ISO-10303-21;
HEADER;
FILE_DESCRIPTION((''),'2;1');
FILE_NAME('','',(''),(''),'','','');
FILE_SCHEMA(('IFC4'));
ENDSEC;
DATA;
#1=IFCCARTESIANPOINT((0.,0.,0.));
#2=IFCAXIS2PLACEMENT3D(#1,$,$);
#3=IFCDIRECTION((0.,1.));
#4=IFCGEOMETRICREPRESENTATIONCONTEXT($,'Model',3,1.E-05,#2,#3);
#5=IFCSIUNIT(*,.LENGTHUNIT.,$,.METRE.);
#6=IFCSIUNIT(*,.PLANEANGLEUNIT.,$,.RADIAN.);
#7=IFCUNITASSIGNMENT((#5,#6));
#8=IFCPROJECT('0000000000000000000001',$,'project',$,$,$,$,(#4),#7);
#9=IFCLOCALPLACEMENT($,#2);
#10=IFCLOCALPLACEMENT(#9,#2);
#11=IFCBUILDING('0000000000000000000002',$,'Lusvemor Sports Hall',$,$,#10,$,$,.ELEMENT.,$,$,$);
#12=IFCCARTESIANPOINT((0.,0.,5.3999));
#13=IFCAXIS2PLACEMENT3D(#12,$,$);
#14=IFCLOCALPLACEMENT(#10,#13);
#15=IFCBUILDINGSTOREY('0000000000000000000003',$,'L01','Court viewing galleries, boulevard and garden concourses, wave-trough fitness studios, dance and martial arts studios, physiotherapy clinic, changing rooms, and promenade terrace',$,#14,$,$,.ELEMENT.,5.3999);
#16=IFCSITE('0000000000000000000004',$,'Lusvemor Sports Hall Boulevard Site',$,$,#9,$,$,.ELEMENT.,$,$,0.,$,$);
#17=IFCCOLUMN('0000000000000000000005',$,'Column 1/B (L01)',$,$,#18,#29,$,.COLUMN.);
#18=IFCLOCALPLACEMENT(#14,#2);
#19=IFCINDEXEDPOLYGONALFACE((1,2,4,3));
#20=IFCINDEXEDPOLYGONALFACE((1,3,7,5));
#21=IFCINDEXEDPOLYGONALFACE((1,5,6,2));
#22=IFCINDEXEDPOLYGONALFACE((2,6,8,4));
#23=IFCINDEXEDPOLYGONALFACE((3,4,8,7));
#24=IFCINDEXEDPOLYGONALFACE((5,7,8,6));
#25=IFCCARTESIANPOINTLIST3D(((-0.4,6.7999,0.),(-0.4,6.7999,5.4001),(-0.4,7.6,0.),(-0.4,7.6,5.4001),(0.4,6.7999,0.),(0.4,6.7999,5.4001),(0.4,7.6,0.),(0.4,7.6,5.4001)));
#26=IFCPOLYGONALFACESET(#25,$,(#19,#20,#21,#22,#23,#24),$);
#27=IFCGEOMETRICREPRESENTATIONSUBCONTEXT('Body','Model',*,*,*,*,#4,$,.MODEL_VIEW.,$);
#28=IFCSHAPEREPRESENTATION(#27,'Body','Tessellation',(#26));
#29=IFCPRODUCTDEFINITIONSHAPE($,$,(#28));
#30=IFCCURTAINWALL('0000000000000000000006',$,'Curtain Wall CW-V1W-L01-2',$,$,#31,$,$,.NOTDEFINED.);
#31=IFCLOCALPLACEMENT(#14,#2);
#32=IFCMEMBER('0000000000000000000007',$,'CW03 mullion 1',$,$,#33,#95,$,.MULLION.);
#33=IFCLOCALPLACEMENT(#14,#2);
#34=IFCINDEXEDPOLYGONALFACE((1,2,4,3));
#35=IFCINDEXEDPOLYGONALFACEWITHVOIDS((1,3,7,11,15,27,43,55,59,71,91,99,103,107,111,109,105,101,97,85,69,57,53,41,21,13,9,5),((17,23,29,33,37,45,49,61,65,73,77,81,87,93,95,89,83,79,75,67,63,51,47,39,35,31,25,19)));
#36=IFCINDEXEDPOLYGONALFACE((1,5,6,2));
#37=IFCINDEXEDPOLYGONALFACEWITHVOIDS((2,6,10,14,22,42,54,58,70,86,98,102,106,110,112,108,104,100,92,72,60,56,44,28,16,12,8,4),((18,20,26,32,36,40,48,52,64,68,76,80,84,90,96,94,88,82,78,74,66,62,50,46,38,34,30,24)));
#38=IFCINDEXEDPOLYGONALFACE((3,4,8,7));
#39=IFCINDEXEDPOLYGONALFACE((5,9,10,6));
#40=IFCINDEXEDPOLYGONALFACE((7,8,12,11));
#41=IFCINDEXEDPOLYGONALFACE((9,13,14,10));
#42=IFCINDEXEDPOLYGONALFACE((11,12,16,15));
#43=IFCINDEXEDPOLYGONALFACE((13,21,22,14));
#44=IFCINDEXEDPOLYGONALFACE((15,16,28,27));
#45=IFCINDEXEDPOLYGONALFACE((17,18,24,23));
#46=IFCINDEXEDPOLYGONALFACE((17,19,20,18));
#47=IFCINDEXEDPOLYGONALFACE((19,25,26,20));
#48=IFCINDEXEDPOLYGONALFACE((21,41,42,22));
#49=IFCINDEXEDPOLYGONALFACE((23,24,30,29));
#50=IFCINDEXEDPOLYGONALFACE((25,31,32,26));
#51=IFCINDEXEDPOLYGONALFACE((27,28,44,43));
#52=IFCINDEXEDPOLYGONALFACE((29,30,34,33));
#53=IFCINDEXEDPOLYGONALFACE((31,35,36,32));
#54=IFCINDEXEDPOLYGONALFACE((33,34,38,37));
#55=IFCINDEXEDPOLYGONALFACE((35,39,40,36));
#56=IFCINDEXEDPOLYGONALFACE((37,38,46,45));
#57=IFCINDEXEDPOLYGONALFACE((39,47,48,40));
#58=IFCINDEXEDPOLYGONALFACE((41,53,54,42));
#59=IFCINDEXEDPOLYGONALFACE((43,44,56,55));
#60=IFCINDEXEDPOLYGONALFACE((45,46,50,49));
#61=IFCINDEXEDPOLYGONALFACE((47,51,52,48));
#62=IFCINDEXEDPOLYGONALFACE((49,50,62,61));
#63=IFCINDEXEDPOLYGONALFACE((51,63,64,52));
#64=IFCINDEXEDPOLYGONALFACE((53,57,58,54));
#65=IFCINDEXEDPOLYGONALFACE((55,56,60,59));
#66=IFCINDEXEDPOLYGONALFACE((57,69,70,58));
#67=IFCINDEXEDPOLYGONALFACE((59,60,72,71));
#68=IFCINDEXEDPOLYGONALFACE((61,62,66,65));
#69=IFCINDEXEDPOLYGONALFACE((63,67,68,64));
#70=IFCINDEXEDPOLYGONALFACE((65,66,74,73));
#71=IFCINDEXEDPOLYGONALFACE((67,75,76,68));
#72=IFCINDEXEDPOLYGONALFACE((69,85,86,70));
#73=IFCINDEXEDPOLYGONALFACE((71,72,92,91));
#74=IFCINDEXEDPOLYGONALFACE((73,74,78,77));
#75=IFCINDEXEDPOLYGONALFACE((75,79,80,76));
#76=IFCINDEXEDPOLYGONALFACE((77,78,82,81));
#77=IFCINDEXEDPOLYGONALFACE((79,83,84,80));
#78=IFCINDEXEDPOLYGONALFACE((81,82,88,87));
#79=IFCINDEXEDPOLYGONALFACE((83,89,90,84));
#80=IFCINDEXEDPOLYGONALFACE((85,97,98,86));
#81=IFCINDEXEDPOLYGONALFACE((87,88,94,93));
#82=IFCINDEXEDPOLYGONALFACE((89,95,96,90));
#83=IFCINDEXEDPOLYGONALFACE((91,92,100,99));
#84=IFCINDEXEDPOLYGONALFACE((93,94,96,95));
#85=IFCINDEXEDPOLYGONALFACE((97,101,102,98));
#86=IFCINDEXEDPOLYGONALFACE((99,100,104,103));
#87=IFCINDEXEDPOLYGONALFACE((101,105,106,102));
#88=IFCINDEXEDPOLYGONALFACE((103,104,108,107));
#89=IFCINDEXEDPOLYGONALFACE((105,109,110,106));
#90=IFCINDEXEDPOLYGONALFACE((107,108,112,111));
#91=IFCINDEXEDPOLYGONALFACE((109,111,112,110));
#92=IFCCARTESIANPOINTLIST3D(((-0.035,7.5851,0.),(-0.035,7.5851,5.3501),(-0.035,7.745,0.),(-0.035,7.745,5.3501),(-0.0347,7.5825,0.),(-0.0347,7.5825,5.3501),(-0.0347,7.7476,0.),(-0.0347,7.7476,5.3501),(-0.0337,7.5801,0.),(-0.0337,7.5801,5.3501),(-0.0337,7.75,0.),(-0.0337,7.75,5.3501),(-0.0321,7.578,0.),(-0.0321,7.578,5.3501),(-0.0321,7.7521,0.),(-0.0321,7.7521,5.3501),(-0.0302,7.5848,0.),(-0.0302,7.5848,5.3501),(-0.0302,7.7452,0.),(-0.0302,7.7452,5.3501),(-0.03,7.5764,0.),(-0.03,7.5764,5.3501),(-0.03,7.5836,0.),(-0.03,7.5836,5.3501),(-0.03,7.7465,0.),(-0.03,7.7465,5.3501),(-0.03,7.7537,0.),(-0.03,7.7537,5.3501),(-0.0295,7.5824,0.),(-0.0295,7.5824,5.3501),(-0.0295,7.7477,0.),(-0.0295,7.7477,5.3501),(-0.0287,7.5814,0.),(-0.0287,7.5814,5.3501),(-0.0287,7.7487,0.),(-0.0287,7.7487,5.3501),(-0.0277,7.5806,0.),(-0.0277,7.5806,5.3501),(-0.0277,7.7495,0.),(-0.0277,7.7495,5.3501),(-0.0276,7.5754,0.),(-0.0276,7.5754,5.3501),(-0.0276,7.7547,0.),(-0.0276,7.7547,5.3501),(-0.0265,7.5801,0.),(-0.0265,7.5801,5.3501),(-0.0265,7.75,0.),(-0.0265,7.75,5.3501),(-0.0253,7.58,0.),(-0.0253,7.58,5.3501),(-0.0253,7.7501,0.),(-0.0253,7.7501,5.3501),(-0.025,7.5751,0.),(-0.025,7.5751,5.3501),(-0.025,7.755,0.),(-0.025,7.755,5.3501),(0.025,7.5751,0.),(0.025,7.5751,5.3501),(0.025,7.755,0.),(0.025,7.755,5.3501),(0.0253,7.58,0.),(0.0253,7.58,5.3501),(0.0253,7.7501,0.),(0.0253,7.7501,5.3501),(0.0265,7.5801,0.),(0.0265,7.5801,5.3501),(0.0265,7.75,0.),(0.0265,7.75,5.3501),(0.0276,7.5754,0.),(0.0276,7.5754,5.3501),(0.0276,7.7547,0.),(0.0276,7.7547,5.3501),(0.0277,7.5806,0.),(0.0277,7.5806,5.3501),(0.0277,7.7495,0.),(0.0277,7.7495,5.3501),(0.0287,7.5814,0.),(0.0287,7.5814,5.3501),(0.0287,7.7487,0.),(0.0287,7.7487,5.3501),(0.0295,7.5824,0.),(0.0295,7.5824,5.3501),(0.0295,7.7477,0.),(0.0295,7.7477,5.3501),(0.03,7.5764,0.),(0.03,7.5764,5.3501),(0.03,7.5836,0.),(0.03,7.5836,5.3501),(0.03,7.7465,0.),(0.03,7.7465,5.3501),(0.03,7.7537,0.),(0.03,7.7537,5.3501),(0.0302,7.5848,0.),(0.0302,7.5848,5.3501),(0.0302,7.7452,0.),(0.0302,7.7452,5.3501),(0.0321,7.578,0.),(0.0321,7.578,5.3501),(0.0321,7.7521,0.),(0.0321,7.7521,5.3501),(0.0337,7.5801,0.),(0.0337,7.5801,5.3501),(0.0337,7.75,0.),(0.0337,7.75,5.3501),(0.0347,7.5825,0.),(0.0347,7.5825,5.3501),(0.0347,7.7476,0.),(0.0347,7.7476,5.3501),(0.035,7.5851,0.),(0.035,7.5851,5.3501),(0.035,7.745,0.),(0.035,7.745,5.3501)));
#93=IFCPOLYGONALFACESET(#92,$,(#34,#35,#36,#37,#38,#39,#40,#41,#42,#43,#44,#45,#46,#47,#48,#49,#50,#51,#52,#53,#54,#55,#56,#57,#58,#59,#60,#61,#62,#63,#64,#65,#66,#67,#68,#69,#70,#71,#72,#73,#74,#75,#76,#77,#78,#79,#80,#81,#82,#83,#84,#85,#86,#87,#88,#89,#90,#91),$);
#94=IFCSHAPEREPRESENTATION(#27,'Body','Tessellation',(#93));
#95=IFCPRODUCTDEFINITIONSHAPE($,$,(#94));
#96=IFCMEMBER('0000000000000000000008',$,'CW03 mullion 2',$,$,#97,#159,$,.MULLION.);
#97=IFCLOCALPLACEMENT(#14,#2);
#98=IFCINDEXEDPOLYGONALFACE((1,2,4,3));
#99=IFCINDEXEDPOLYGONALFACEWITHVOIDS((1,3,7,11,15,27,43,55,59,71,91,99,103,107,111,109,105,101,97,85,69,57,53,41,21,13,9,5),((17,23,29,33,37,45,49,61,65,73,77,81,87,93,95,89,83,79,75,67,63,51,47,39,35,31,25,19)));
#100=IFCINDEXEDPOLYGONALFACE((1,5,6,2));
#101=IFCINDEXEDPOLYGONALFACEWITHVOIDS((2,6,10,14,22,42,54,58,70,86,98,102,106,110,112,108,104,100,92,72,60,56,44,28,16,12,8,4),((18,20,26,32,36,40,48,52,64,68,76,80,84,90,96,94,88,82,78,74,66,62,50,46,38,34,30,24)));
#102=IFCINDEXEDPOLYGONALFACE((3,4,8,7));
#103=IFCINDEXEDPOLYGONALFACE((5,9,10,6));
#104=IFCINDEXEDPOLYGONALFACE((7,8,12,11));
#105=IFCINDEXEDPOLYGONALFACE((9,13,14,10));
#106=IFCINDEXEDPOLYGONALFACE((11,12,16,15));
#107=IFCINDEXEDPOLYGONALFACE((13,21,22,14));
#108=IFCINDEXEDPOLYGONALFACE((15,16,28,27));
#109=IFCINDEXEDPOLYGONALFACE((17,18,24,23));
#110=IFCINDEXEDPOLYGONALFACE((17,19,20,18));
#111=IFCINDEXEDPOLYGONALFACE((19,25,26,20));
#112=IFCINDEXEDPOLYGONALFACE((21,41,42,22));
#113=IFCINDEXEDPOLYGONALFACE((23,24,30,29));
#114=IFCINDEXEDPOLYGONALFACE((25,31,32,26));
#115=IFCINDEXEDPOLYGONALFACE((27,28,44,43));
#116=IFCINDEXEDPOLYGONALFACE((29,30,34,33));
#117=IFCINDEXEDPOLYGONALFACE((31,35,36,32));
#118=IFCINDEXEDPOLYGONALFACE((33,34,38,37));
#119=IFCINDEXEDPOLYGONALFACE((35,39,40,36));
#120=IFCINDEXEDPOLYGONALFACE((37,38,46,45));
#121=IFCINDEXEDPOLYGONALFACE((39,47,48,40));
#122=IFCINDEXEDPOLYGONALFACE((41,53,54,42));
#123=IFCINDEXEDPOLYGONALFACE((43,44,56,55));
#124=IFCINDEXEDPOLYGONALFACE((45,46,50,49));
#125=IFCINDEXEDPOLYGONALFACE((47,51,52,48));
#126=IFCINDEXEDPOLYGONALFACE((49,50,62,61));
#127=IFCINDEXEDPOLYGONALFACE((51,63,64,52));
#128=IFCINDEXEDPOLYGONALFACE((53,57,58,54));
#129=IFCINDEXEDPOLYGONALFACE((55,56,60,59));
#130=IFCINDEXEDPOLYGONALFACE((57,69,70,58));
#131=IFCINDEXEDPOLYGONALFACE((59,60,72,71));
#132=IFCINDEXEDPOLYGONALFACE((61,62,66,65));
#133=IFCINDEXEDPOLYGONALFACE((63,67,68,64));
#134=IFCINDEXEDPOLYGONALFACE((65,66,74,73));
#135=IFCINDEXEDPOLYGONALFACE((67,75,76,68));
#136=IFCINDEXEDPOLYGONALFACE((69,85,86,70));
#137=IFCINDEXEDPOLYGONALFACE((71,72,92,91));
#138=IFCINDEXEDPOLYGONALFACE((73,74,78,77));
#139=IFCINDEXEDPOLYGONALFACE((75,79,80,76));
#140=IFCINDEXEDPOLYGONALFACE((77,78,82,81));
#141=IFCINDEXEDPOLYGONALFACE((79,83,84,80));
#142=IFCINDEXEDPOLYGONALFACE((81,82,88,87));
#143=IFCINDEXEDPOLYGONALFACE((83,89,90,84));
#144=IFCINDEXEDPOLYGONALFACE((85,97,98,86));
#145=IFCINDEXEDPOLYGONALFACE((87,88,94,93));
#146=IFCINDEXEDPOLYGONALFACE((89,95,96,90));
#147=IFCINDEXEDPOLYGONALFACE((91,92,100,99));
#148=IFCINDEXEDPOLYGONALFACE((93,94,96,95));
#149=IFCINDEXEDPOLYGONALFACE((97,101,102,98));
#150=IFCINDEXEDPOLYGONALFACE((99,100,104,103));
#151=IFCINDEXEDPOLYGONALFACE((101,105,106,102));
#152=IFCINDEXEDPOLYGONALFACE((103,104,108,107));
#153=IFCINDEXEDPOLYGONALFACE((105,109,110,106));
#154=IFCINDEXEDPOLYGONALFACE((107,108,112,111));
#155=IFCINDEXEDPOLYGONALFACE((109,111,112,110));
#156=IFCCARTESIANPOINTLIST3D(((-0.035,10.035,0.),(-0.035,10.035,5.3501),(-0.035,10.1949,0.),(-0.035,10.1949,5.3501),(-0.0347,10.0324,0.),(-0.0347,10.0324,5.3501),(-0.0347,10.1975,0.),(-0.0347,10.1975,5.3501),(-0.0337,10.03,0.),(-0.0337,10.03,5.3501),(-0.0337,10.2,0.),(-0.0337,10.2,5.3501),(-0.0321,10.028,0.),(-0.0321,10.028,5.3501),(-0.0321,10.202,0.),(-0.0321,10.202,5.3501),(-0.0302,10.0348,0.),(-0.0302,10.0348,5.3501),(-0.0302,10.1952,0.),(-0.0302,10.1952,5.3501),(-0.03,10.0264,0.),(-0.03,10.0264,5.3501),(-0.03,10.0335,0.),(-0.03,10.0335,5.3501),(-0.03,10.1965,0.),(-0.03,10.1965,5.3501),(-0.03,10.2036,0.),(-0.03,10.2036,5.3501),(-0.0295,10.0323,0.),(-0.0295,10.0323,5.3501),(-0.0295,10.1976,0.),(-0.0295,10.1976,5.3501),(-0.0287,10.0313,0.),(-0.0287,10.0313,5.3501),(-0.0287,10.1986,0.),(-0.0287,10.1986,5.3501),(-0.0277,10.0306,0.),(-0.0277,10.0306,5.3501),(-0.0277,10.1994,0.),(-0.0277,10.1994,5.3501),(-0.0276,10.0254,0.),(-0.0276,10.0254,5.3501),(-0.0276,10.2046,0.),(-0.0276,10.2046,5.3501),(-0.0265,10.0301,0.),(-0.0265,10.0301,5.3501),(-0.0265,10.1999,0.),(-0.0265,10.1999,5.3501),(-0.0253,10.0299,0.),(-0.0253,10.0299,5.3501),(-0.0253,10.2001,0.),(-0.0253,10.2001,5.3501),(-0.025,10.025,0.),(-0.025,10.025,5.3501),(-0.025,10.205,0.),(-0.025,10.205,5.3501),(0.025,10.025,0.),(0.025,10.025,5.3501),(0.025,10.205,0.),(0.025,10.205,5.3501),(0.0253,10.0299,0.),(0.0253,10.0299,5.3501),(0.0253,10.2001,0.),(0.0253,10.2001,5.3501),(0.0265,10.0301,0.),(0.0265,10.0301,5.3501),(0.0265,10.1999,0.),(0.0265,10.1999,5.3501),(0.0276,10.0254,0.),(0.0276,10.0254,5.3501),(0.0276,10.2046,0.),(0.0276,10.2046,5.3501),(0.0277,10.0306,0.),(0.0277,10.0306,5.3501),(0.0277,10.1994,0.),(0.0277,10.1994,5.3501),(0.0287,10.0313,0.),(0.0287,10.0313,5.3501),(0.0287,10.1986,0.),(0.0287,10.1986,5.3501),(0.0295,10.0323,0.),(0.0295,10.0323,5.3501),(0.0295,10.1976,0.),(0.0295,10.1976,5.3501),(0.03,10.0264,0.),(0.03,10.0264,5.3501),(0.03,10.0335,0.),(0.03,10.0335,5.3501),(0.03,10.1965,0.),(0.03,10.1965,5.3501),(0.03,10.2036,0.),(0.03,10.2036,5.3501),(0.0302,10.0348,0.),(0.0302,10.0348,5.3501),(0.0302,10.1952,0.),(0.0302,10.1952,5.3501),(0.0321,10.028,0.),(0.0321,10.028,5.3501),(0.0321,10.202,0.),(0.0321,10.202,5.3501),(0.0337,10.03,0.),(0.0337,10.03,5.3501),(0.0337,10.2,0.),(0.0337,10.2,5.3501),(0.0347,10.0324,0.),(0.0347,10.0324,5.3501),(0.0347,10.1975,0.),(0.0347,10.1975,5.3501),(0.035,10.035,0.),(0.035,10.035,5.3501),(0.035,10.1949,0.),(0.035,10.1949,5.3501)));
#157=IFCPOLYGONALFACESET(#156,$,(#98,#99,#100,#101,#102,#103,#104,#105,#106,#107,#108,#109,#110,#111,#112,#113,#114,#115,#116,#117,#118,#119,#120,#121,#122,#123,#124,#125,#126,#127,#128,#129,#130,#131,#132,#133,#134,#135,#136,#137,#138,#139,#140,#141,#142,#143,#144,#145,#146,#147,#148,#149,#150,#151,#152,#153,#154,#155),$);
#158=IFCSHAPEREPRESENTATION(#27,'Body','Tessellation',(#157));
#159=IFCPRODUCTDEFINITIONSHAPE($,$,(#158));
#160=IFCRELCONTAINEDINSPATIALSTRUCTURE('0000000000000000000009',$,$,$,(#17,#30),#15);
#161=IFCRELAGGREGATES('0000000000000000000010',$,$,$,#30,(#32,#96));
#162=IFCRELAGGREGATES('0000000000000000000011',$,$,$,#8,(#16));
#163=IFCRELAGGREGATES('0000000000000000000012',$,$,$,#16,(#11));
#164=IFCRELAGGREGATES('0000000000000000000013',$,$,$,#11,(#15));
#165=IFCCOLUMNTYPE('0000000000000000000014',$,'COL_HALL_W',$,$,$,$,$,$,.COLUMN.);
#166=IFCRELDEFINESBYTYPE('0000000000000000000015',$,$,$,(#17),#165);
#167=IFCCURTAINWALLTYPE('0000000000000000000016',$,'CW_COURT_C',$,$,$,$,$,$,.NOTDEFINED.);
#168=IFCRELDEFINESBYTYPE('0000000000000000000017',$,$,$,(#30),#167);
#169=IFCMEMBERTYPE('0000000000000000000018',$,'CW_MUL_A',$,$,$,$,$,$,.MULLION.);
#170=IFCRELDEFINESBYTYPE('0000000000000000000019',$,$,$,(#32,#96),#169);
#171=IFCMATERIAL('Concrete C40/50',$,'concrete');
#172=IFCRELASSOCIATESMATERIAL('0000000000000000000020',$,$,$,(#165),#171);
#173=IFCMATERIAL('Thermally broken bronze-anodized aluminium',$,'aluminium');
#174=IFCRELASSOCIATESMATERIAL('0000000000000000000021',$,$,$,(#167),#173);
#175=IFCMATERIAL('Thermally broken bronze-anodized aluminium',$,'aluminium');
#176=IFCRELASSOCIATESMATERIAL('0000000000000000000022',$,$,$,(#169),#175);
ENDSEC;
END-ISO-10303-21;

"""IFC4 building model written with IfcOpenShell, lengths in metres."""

from ifc_helpers import new_model, si_unit, direction, frame, origin, origin_2d, place, context, subcontext, project, spatial, rectangle, hollow_rectangle, extrude, material, material_profile, profile_set, type_object, element, aggregate, save


model = new_model("IFC4")

# Units and contexts
model_context = context("Model", 3, precision=1e-05, world=origin(), true_north=direction((0.0, 1.0)))
body_context = subcontext(model_context, "Body", "Model", "MODEL_VIEW")
ifc_project = project(units=[si_unit("LENGTHUNIT", "METRE"), si_unit("PLANEANGLEUNIT", "RADIAN")], contexts=[model_context])

# Site, building, storey
site_placement = place(None, origin())
site = spatial("IfcSite", under=ifc_project, at=site_placement, Name="Lusvemor Sports Hall Boulevard Site", CompositionType="ELEMENT", RefElevation=0.0)
building_placement = place(site_placement, origin())
building = spatial("IfcBuilding", under=site, at=building_placement, Name="Lusvemor Sports Hall", CompositionType="ELEMENT")
storey_placement = place(building_placement, frame((0.0, 0.0, 5.3999)))
storey = spatial("IfcBuildingStorey", under=building, at=storey_placement, Name="L01", Description="Court viewing galleries, boulevard and garden concourses, wave-trough fitness studios, dance and martial arts studios, physiotherapy clinic, changing rooms, and promenade terrace", CompositionType="ELEMENT", Elevation=5.3999)

# Column
ifc_material_1 = material(Name="Concrete C40/50", Category="concrete")
ifc_material_profile_1 = material_profile(ifc_material_1, rectangle(XDim=0.8, YDim=0.8, at=origin_2d()), Name="RC800x800")
ifc_profile_set_1 = profile_set([ifc_material_profile_1], Name="Concrete C40/50")
column_type = type_object("IfcColumnType", Name="COL_HALL_W", PredefinedType="COLUMN", material=ifc_profile_set_1)
column_placement = place(storey_placement, frame((0.0, 7.2, 0.0), z_axis=(0.0, 0.0, 1.0), x_axis=(1.0, 0.0, 0.0)))
element("IfcColumn", 1, at=column_placement, inside=storey, type_object=column_type, Name="Column 1/B (L01)", PredefinedType="COLUMN", context=body_context, shape_type="SweptSolid", body=[
    extrude(rectangle(XDim=0.8, YDim=0.8, at=origin_2d()), origin(), (0.0, 0.0, 1.0), 5.4001),
])

# Curtain wall, members
ifc_material_2 = material(Name="Thermally broken bronze-anodized aluminium", Category="aluminium")
curtain_wall_type = type_object("IfcCurtainWallType", Name="CW_COURT_C", PredefinedType="NOTDEFINED", material=ifc_material_2)
curtain_wall_placement = place(storey_placement, origin())
curtain_wall = element("IfcCurtainWall", 2, at=curtain_wall_placement, inside=storey, type_object=curtain_wall_type, Name="Curtain Wall CW-V1W-L01-2", PredefinedType="NOTDEFINED")
ifc_material_3 = material(Name="Thermally broken bronze-anodized aluminium", Category="aluminium")
ifc_material_profile_2 = material_profile(ifc_material_3, hollow_rectangle(XDim=0.0701, YDim=0.1799, WallThickness=0.0049, InnerFilletRadius=0.0049, OuterFilletRadius=0.01, at=origin_2d()), Name="CWMUL180x70x5")
ifc_profile_set_2 = profile_set([ifc_material_profile_2], Name="Thermally broken bronze-anodized aluminium")
member_type_1 = type_object("IfcMemberType", Name="CW_MUL_A", PredefinedType="MULLION", material=ifc_profile_set_2)
member_1_placement = place(storey_placement, frame((0.0, 7.665, 0.0), z_axis=(0.0, 0.0, 1.0), x_axis=(-1.0, 0.0, 0.0)))
member_1 = element("IfcMember", 3, at=member_1_placement, type_object=member_type_1, Name="CW03 mullion 1", PredefinedType="MULLION", context=body_context, shape_type="SweptSolid", body=[
    extrude(hollow_rectangle(XDim=0.0701, YDim=0.1799, WallThickness=0.0049, InnerFilletRadius=0.0049, OuterFilletRadius=0.01, at=origin_2d()), origin(), (0.0, 0.0, 1.0), 5.3501),
])
member_2_placement = place(storey_placement, frame((0.0, 10.115, 0.0), z_axis=(0.0, 0.0, 1.0), x_axis=(-1.0, 0.0, 0.0)))
member_2 = element("IfcMember", 4, at=member_2_placement, type_object=member_type_1, Name="CW03 mullion 2", PredefinedType="MULLION", context=body_context, shape_type="SweptSolid", body=[
    extrude(hollow_rectangle(XDim=0.0701, YDim=0.1799, WallThickness=0.0049, InnerFilletRadius=0.0049, OuterFilletRadius=0.01, at=origin_2d()), origin(), (0.0, 0.0, 1.0), 5.3501),
])
aggregate(curtain_wall, [member_1, member_2])

save(model, "model.ifc")
